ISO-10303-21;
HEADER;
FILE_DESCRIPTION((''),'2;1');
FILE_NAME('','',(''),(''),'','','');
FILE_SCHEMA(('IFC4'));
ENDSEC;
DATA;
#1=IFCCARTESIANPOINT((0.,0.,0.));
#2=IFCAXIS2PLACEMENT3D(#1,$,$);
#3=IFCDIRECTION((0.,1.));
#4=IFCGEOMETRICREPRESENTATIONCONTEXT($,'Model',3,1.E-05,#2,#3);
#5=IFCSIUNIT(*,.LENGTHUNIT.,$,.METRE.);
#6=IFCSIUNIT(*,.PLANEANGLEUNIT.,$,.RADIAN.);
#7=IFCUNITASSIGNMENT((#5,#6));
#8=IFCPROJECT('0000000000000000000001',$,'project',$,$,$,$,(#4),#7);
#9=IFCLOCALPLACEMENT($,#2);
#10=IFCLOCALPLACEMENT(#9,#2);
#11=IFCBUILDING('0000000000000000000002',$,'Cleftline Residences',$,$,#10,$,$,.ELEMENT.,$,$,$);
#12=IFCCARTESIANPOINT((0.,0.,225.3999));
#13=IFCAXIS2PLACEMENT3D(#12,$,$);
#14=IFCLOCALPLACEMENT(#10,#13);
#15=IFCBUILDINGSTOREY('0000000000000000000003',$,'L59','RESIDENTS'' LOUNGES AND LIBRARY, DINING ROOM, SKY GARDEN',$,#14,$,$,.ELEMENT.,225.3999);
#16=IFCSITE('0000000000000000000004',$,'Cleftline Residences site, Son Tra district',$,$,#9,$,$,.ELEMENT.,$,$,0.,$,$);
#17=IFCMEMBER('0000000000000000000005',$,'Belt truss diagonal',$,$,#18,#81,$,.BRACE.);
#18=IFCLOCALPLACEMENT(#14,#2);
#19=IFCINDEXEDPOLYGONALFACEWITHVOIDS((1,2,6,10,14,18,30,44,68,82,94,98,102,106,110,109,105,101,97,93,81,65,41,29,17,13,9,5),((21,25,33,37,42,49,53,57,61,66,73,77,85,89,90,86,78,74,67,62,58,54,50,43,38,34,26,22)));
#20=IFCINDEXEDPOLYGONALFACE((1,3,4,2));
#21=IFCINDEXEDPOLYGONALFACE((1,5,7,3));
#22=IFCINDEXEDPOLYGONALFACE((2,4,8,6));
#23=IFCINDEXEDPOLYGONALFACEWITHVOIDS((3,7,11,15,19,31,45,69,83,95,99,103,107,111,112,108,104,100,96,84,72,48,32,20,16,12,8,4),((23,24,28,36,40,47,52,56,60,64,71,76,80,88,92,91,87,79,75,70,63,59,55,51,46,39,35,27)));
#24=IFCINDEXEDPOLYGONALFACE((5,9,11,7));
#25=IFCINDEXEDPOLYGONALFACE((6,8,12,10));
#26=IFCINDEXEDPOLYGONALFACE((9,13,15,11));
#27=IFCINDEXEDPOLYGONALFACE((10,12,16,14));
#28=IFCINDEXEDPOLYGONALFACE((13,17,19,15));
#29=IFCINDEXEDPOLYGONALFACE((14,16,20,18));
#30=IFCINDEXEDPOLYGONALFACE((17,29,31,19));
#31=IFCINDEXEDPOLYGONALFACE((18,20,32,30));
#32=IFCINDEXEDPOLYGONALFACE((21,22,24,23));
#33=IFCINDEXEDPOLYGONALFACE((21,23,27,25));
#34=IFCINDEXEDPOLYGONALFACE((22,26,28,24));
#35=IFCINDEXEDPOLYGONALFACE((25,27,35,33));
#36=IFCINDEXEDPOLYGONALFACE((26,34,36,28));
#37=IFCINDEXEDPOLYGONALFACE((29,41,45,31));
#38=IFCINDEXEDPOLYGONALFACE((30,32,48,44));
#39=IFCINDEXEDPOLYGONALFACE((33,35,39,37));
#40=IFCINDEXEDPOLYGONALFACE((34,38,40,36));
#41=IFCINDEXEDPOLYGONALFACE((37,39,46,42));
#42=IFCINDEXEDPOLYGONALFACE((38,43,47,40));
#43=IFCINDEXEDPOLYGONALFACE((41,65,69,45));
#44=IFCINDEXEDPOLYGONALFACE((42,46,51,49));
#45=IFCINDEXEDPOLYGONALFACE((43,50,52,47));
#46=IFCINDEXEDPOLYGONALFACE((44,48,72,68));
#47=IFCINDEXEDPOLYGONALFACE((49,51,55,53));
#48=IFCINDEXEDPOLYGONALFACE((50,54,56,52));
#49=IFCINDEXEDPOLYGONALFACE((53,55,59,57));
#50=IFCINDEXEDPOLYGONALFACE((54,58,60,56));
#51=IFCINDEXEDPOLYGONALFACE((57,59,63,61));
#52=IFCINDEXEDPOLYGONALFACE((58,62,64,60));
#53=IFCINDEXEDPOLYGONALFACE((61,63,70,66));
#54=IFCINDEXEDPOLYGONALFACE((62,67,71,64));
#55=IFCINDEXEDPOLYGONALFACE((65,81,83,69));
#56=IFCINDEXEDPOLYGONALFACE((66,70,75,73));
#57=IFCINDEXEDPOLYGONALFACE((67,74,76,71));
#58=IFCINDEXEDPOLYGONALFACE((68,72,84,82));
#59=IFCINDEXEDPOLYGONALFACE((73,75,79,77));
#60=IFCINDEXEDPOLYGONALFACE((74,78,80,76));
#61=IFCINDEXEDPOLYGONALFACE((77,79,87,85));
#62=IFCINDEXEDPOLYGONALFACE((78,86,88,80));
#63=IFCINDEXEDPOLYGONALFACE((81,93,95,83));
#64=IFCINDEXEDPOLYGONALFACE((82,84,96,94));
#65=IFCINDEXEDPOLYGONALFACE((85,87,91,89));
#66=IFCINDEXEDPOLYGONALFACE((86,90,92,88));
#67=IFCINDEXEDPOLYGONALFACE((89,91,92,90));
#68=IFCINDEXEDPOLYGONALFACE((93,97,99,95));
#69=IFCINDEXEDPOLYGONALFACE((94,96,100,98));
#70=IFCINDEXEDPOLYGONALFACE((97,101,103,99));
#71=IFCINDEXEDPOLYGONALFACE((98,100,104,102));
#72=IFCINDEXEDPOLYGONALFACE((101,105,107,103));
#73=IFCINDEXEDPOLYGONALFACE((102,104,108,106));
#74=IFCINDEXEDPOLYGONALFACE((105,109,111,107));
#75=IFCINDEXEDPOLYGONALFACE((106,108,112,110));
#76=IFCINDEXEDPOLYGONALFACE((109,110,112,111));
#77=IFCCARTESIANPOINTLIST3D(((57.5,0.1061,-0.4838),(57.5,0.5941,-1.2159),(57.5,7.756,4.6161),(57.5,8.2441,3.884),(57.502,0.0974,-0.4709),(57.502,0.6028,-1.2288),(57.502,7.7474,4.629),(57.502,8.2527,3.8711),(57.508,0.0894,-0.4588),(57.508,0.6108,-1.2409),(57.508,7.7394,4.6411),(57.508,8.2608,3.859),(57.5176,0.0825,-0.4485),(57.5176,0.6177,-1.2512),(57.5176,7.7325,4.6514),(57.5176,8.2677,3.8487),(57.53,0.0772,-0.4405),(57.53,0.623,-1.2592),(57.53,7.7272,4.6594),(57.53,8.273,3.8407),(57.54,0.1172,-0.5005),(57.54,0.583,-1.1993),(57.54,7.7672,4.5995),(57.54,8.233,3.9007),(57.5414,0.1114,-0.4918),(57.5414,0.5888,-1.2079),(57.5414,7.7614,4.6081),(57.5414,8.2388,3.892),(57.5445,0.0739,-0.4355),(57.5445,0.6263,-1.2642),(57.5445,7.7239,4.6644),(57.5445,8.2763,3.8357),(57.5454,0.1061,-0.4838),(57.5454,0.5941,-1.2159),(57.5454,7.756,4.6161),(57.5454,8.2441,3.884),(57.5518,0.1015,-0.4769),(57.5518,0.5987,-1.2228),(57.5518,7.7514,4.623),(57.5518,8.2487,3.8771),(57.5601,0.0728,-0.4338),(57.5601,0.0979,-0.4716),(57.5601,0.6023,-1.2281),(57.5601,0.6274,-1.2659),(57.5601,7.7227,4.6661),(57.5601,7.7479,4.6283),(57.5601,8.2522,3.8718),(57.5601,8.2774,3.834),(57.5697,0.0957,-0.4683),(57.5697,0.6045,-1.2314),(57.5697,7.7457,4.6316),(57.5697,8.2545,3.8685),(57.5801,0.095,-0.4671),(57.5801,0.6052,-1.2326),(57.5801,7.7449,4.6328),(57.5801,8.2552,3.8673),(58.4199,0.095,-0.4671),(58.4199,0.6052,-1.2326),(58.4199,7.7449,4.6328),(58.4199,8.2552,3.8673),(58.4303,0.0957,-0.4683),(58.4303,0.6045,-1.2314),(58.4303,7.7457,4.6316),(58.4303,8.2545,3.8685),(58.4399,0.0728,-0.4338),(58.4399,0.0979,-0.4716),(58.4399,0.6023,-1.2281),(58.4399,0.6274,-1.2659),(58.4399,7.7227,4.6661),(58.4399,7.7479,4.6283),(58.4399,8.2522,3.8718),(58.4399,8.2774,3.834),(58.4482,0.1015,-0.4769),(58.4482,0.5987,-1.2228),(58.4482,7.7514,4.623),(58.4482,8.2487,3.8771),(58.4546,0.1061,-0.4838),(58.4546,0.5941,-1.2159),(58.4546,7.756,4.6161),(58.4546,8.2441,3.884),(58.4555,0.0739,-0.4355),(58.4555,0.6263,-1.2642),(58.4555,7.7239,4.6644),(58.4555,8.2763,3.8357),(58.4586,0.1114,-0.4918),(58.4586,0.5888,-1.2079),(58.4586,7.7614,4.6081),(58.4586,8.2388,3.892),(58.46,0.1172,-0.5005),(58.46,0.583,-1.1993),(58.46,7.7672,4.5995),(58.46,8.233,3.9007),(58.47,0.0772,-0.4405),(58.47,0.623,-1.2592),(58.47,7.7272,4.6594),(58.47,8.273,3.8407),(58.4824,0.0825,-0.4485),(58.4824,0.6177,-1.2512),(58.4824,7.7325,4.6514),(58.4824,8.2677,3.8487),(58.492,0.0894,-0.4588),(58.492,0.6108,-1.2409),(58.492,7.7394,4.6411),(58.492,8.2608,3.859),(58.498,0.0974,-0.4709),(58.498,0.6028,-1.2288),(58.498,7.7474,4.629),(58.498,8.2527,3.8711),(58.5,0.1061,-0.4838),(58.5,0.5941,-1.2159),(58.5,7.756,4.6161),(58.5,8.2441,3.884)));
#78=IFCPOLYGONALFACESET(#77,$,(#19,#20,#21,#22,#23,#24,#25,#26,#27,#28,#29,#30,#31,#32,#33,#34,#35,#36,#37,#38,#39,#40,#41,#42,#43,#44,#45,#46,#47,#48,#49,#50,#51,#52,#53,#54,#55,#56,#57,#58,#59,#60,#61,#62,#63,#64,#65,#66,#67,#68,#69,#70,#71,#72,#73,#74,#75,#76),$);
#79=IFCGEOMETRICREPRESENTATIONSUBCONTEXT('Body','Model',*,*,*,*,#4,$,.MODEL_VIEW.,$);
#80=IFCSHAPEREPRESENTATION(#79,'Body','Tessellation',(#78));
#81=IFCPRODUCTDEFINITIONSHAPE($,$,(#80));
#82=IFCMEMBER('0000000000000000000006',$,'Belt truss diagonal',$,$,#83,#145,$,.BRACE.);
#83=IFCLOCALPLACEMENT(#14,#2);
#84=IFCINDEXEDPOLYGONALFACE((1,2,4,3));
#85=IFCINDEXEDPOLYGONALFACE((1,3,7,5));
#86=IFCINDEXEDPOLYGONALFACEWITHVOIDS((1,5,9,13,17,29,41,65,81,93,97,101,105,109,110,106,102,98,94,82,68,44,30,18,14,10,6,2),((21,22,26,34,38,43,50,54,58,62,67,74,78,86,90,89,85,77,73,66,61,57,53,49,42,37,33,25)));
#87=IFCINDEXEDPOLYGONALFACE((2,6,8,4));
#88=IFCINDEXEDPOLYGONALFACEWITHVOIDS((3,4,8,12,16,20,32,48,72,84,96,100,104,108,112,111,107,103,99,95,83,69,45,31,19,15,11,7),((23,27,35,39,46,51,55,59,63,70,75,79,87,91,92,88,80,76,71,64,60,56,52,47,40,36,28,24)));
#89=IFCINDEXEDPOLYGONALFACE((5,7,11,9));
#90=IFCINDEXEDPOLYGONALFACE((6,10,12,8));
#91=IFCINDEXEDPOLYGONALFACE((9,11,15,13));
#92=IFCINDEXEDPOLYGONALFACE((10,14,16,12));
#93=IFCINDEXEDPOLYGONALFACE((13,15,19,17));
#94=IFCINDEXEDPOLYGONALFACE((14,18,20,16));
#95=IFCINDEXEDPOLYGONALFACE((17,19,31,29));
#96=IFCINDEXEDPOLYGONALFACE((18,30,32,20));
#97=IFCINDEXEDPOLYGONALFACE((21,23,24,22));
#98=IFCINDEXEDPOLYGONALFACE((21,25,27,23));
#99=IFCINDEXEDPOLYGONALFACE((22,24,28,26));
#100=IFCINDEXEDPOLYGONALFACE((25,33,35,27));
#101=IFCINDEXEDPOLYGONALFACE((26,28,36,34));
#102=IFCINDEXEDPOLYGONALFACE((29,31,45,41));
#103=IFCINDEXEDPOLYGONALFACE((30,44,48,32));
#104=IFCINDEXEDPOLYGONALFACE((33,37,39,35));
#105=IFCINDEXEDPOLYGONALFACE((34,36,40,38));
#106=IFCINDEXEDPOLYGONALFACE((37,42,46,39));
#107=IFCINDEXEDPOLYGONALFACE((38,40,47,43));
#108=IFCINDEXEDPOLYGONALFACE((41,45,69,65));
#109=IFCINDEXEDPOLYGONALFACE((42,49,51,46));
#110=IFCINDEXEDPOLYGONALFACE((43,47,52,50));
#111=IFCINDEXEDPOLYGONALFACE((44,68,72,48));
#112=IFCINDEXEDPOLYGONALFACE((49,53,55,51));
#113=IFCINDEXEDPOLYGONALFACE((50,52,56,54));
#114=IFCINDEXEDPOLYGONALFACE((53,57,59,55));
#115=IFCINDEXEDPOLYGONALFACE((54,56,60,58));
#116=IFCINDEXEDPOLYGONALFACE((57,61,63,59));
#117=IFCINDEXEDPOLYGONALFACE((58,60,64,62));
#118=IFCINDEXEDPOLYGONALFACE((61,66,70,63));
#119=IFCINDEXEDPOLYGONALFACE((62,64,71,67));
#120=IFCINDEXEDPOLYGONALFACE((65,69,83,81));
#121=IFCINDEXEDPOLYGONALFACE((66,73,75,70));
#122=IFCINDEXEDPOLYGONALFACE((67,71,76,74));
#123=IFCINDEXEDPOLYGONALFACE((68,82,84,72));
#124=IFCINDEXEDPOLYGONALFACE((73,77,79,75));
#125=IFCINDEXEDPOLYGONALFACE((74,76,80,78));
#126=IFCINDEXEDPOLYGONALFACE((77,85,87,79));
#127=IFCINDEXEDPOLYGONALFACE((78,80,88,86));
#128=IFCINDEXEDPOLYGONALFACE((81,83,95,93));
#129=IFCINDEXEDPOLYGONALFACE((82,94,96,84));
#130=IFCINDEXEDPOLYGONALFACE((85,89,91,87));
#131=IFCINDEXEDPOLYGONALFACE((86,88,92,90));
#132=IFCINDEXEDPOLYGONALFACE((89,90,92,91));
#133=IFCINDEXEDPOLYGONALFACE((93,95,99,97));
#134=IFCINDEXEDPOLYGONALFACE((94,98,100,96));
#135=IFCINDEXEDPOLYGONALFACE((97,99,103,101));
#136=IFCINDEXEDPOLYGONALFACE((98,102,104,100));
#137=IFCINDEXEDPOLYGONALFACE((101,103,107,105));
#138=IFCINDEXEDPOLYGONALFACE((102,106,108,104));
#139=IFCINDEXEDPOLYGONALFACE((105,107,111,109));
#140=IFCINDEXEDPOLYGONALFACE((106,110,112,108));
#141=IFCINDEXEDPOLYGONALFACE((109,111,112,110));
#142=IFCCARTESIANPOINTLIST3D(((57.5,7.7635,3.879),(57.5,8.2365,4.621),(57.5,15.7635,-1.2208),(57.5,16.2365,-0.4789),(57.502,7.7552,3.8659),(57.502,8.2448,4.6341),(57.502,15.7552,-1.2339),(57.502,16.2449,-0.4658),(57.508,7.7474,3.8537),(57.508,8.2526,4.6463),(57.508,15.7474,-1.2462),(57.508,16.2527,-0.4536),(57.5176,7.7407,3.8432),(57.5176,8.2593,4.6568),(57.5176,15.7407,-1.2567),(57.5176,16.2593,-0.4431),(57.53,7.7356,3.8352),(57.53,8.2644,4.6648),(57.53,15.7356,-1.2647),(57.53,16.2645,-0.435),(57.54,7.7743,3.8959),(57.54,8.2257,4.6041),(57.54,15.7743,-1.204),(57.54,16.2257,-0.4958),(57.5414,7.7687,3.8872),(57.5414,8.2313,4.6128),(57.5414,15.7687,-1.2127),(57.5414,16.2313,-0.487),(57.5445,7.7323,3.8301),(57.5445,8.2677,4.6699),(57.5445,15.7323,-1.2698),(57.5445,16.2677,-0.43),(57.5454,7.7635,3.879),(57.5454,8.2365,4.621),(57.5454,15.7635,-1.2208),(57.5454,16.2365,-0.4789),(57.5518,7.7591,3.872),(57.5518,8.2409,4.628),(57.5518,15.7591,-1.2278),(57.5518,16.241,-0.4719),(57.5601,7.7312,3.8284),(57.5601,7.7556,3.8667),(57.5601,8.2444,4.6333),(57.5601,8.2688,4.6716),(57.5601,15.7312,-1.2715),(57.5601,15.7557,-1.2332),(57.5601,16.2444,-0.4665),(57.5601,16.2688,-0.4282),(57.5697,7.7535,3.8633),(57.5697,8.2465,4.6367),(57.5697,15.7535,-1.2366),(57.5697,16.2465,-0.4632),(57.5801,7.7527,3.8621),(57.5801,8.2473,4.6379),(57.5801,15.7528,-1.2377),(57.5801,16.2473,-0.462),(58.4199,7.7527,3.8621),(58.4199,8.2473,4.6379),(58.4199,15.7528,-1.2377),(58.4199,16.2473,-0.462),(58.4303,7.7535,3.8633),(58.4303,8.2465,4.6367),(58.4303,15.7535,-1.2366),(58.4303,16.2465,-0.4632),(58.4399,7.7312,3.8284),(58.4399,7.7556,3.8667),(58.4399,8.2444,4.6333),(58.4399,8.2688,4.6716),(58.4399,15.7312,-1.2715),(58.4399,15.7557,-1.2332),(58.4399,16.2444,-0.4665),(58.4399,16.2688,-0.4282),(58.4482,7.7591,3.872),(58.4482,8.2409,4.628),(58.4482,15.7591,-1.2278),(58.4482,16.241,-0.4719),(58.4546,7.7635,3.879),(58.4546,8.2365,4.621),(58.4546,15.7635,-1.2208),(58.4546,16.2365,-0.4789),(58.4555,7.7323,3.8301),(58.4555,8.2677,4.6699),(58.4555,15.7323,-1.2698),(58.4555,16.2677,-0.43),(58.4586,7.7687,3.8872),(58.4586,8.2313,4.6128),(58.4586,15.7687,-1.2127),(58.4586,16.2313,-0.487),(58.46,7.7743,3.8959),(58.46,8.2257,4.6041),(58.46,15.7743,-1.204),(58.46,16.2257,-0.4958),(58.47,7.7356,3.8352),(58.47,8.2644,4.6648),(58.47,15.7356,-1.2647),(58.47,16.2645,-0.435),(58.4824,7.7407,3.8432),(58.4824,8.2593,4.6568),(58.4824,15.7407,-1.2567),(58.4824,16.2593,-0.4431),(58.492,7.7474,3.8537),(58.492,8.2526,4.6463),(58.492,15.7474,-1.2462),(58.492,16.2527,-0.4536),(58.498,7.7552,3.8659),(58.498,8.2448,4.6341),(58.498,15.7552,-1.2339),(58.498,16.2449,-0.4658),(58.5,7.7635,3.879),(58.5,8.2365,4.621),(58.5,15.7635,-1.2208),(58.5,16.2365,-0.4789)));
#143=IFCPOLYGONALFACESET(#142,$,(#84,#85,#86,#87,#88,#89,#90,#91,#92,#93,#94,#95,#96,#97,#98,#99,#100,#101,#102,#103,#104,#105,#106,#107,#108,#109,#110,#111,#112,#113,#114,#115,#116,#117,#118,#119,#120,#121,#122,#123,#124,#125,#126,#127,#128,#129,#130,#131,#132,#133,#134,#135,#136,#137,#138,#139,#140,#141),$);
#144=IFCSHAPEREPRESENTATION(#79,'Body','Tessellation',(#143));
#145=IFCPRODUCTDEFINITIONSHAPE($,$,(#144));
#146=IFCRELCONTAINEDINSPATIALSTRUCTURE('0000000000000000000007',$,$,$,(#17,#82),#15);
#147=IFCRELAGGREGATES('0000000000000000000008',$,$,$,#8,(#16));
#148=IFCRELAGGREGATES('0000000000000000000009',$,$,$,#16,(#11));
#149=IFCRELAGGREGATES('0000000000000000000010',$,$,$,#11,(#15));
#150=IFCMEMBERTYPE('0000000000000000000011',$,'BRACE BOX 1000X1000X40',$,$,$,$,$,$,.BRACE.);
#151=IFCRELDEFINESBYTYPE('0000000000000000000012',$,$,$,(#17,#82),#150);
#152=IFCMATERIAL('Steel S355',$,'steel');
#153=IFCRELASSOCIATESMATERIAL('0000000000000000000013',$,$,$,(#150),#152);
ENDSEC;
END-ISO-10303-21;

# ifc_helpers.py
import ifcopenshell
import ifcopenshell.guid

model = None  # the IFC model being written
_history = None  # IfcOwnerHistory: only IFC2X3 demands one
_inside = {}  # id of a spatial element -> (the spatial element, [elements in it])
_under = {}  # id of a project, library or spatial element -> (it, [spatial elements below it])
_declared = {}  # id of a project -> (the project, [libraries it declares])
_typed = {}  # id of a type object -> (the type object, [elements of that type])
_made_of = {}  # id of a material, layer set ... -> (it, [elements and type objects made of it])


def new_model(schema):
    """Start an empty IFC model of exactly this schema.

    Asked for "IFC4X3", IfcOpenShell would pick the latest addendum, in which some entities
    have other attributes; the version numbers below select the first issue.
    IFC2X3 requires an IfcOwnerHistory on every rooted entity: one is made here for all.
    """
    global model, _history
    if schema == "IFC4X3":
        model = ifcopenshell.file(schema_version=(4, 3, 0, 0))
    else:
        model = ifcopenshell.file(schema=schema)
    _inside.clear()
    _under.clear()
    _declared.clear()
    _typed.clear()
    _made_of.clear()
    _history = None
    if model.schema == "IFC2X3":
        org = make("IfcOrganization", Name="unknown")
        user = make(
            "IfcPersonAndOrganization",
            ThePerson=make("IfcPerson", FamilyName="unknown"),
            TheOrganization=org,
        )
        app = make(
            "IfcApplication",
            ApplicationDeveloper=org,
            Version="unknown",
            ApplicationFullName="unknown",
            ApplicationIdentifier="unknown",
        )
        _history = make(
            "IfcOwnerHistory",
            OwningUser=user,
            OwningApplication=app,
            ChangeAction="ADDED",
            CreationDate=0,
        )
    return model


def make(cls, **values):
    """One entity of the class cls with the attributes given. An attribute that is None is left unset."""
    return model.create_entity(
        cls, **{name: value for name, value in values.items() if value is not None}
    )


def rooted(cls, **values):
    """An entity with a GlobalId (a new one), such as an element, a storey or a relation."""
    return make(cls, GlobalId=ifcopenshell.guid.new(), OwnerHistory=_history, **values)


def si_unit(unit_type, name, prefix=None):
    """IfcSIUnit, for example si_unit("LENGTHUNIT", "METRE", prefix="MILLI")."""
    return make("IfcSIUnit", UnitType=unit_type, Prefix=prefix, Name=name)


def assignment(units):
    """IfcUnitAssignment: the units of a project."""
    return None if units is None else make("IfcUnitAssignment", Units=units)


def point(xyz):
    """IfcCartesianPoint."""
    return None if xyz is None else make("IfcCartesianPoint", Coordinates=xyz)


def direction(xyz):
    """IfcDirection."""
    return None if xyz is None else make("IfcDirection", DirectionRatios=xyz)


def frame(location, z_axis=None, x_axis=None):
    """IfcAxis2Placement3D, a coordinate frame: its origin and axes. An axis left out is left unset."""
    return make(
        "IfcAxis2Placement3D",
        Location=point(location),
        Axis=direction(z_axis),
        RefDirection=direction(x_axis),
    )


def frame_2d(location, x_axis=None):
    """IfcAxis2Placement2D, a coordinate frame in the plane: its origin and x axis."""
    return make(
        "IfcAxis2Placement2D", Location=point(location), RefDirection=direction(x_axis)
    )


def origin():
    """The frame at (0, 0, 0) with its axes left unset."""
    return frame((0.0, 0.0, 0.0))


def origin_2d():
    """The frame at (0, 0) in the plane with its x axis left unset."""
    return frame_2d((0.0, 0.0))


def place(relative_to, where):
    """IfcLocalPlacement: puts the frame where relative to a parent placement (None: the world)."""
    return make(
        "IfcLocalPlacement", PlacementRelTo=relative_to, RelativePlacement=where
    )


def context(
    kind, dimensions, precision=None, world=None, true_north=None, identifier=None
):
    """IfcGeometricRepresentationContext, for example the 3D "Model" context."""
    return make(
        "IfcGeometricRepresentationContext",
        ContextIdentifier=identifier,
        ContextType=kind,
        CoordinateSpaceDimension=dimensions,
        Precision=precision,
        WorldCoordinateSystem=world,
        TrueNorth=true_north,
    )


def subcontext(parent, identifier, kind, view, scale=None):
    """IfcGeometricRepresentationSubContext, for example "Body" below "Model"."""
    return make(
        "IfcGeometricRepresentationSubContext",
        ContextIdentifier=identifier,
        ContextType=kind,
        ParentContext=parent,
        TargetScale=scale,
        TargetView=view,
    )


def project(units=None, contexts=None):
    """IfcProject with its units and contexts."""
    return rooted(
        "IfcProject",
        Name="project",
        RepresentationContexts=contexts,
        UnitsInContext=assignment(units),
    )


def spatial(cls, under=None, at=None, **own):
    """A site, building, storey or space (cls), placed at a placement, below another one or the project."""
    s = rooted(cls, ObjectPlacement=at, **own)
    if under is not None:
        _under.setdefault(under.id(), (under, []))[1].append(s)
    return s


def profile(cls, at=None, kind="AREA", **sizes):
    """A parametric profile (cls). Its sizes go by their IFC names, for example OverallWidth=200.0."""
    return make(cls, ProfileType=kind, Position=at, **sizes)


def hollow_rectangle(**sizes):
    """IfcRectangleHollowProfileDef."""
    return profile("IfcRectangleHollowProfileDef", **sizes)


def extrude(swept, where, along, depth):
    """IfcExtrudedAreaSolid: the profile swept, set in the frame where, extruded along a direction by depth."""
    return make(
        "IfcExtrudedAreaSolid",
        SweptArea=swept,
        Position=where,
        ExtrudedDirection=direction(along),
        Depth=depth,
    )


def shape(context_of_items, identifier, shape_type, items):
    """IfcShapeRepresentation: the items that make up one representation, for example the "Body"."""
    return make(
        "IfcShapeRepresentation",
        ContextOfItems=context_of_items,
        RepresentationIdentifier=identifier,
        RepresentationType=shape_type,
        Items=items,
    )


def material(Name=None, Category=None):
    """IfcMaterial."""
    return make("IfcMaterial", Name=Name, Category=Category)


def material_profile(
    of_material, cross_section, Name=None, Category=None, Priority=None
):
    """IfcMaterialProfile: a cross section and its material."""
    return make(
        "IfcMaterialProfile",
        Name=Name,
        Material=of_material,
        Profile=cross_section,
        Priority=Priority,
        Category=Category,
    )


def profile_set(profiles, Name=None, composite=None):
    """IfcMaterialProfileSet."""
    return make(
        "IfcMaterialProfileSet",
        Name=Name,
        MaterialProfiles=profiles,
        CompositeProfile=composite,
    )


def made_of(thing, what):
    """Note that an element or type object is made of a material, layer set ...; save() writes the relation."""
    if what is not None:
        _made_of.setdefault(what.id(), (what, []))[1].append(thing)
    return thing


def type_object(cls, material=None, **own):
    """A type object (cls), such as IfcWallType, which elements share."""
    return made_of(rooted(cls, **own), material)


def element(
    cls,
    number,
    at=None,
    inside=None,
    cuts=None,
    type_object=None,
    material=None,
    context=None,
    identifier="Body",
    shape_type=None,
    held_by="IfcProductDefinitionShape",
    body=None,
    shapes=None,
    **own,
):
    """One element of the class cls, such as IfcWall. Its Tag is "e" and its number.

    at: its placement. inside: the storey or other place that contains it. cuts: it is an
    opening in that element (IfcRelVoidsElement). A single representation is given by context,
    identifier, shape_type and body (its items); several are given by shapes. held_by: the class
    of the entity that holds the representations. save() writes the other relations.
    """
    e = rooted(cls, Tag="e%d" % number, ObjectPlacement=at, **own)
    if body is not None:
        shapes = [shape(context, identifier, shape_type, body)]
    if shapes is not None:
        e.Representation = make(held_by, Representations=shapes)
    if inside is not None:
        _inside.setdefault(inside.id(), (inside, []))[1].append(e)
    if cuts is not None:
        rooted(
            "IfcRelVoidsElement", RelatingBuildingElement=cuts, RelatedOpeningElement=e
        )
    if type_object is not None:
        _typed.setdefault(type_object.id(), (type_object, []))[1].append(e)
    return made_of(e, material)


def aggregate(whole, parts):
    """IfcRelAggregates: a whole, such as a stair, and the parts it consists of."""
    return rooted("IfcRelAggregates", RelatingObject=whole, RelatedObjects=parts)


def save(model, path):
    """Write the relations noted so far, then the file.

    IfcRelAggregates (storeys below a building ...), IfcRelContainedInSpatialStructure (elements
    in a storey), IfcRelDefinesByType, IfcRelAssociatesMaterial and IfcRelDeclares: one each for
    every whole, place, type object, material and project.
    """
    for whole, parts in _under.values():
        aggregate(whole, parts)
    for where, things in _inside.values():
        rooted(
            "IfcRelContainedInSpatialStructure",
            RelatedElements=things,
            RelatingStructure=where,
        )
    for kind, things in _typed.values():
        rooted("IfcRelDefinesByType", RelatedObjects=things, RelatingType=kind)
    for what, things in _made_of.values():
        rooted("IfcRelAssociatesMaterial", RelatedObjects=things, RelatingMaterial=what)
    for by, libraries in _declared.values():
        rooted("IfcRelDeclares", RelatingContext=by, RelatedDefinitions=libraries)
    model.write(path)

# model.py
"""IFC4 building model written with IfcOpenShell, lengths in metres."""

from ifc_helpers import new_model, si_unit, direction, frame, origin, origin_2d, place, context, subcontext, project, spatial, hollow_rectangle, extrude, material, material_profile, profile_set, type_object, element, save


model = new_model("IFC4")

# Units and contexts
model_context = context("Model", 3, precision=1e-05, world=origin(), true_north=direction((0.0, 1.0)))
body_context = subcontext(model_context, "Body", "Model", "MODEL_VIEW")
ifc_project = project(units=[si_unit("LENGTHUNIT", "METRE"), si_unit("PLANEANGLEUNIT", "RADIAN")], contexts=[model_context])

# Site, building, storey
site_placement = place(None, origin())
site = spatial("IfcSite", under=ifc_project, at=site_placement, Name="Cleftline Residences site, Son Tra district", CompositionType="ELEMENT", RefElevation=0.0)
building_placement = place(site_placement, origin())
building = spatial("IfcBuilding", under=site, at=building_placement, Name="Cleftline Residences", CompositionType="ELEMENT")
storey_placement = place(building_placement, frame((0.0, 0.0, 225.3999)))
storey = spatial("IfcBuildingStorey", under=building, at=storey_placement, Name="L59", Description="RESIDENTS' LOUNGES AND LIBRARY, DINING ROOM, SKY GARDEN", CompositionType="ELEMENT", Elevation=225.3999)

# Members
ifc_material_1 = material(Name="Steel S355", Category="steel")
ifc_material_profile_1 = material_profile(ifc_material_1, hollow_rectangle(XDim=1.0, YDim=1.0, WallThickness=0.04, InnerFilletRadius=0.04, OuterFilletRadius=0.0601, at=origin_2d()))
ifc_profile_set_1 = profile_set([ifc_material_profile_1], Name="Steel S355")
member_type_1 = type_object("IfcMemberType", Name="BRACE BOX 1000X1000X40", PredefinedType="BRACE", material=ifc_profile_set_1)
member_1_placement = place(storey_placement, frame((58.0, 0.3501, -0.8499), z_axis=(0.0, 0.832054, 0.554694), x_axis=(0.0, -0.554694, 0.832054)))
element("IfcMember", 1, at=member_1_placement, inside=storey, type_object=member_type_1, Name="Belt truss diagonal", PredefinedType="BRACE", context=body_context, shape_type="SweptSolid", body=[
    extrude(hollow_rectangle(XDim=1.0, YDim=1.0, WallThickness=0.04, InnerFilletRadius=0.04, OuterFilletRadius=0.0601, at=origin_2d()), origin(), (0.0, 0.0, 1.0), 9.1941),
])
for number, where, z_axis, x_axis, name in (
    (2, (58.0, 8.0, 4.25), (0.0, 0.843234, -0.537546), (0.0, 0.537546, 0.843234), "Belt truss diagonal"),
):
    element("IfcMember", number, at=place(storey_placement, frame(where, z_axis=z_axis, x_axis=x_axis)), inside=storey, type_object=member_type_1, Name=name, PredefinedType="BRACE", context=body_context, shape_type="SweptSolid", body=[
        extrude(hollow_rectangle(XDim=1.0, YDim=1.0, WallThickness=0.04, InnerFilletRadius=0.04, OuterFilletRadius=0.0601, at=origin_2d()), origin(), (0.0, 0.0, 1.0), 9.4873),
    ])

save(model, "model.ifc")
